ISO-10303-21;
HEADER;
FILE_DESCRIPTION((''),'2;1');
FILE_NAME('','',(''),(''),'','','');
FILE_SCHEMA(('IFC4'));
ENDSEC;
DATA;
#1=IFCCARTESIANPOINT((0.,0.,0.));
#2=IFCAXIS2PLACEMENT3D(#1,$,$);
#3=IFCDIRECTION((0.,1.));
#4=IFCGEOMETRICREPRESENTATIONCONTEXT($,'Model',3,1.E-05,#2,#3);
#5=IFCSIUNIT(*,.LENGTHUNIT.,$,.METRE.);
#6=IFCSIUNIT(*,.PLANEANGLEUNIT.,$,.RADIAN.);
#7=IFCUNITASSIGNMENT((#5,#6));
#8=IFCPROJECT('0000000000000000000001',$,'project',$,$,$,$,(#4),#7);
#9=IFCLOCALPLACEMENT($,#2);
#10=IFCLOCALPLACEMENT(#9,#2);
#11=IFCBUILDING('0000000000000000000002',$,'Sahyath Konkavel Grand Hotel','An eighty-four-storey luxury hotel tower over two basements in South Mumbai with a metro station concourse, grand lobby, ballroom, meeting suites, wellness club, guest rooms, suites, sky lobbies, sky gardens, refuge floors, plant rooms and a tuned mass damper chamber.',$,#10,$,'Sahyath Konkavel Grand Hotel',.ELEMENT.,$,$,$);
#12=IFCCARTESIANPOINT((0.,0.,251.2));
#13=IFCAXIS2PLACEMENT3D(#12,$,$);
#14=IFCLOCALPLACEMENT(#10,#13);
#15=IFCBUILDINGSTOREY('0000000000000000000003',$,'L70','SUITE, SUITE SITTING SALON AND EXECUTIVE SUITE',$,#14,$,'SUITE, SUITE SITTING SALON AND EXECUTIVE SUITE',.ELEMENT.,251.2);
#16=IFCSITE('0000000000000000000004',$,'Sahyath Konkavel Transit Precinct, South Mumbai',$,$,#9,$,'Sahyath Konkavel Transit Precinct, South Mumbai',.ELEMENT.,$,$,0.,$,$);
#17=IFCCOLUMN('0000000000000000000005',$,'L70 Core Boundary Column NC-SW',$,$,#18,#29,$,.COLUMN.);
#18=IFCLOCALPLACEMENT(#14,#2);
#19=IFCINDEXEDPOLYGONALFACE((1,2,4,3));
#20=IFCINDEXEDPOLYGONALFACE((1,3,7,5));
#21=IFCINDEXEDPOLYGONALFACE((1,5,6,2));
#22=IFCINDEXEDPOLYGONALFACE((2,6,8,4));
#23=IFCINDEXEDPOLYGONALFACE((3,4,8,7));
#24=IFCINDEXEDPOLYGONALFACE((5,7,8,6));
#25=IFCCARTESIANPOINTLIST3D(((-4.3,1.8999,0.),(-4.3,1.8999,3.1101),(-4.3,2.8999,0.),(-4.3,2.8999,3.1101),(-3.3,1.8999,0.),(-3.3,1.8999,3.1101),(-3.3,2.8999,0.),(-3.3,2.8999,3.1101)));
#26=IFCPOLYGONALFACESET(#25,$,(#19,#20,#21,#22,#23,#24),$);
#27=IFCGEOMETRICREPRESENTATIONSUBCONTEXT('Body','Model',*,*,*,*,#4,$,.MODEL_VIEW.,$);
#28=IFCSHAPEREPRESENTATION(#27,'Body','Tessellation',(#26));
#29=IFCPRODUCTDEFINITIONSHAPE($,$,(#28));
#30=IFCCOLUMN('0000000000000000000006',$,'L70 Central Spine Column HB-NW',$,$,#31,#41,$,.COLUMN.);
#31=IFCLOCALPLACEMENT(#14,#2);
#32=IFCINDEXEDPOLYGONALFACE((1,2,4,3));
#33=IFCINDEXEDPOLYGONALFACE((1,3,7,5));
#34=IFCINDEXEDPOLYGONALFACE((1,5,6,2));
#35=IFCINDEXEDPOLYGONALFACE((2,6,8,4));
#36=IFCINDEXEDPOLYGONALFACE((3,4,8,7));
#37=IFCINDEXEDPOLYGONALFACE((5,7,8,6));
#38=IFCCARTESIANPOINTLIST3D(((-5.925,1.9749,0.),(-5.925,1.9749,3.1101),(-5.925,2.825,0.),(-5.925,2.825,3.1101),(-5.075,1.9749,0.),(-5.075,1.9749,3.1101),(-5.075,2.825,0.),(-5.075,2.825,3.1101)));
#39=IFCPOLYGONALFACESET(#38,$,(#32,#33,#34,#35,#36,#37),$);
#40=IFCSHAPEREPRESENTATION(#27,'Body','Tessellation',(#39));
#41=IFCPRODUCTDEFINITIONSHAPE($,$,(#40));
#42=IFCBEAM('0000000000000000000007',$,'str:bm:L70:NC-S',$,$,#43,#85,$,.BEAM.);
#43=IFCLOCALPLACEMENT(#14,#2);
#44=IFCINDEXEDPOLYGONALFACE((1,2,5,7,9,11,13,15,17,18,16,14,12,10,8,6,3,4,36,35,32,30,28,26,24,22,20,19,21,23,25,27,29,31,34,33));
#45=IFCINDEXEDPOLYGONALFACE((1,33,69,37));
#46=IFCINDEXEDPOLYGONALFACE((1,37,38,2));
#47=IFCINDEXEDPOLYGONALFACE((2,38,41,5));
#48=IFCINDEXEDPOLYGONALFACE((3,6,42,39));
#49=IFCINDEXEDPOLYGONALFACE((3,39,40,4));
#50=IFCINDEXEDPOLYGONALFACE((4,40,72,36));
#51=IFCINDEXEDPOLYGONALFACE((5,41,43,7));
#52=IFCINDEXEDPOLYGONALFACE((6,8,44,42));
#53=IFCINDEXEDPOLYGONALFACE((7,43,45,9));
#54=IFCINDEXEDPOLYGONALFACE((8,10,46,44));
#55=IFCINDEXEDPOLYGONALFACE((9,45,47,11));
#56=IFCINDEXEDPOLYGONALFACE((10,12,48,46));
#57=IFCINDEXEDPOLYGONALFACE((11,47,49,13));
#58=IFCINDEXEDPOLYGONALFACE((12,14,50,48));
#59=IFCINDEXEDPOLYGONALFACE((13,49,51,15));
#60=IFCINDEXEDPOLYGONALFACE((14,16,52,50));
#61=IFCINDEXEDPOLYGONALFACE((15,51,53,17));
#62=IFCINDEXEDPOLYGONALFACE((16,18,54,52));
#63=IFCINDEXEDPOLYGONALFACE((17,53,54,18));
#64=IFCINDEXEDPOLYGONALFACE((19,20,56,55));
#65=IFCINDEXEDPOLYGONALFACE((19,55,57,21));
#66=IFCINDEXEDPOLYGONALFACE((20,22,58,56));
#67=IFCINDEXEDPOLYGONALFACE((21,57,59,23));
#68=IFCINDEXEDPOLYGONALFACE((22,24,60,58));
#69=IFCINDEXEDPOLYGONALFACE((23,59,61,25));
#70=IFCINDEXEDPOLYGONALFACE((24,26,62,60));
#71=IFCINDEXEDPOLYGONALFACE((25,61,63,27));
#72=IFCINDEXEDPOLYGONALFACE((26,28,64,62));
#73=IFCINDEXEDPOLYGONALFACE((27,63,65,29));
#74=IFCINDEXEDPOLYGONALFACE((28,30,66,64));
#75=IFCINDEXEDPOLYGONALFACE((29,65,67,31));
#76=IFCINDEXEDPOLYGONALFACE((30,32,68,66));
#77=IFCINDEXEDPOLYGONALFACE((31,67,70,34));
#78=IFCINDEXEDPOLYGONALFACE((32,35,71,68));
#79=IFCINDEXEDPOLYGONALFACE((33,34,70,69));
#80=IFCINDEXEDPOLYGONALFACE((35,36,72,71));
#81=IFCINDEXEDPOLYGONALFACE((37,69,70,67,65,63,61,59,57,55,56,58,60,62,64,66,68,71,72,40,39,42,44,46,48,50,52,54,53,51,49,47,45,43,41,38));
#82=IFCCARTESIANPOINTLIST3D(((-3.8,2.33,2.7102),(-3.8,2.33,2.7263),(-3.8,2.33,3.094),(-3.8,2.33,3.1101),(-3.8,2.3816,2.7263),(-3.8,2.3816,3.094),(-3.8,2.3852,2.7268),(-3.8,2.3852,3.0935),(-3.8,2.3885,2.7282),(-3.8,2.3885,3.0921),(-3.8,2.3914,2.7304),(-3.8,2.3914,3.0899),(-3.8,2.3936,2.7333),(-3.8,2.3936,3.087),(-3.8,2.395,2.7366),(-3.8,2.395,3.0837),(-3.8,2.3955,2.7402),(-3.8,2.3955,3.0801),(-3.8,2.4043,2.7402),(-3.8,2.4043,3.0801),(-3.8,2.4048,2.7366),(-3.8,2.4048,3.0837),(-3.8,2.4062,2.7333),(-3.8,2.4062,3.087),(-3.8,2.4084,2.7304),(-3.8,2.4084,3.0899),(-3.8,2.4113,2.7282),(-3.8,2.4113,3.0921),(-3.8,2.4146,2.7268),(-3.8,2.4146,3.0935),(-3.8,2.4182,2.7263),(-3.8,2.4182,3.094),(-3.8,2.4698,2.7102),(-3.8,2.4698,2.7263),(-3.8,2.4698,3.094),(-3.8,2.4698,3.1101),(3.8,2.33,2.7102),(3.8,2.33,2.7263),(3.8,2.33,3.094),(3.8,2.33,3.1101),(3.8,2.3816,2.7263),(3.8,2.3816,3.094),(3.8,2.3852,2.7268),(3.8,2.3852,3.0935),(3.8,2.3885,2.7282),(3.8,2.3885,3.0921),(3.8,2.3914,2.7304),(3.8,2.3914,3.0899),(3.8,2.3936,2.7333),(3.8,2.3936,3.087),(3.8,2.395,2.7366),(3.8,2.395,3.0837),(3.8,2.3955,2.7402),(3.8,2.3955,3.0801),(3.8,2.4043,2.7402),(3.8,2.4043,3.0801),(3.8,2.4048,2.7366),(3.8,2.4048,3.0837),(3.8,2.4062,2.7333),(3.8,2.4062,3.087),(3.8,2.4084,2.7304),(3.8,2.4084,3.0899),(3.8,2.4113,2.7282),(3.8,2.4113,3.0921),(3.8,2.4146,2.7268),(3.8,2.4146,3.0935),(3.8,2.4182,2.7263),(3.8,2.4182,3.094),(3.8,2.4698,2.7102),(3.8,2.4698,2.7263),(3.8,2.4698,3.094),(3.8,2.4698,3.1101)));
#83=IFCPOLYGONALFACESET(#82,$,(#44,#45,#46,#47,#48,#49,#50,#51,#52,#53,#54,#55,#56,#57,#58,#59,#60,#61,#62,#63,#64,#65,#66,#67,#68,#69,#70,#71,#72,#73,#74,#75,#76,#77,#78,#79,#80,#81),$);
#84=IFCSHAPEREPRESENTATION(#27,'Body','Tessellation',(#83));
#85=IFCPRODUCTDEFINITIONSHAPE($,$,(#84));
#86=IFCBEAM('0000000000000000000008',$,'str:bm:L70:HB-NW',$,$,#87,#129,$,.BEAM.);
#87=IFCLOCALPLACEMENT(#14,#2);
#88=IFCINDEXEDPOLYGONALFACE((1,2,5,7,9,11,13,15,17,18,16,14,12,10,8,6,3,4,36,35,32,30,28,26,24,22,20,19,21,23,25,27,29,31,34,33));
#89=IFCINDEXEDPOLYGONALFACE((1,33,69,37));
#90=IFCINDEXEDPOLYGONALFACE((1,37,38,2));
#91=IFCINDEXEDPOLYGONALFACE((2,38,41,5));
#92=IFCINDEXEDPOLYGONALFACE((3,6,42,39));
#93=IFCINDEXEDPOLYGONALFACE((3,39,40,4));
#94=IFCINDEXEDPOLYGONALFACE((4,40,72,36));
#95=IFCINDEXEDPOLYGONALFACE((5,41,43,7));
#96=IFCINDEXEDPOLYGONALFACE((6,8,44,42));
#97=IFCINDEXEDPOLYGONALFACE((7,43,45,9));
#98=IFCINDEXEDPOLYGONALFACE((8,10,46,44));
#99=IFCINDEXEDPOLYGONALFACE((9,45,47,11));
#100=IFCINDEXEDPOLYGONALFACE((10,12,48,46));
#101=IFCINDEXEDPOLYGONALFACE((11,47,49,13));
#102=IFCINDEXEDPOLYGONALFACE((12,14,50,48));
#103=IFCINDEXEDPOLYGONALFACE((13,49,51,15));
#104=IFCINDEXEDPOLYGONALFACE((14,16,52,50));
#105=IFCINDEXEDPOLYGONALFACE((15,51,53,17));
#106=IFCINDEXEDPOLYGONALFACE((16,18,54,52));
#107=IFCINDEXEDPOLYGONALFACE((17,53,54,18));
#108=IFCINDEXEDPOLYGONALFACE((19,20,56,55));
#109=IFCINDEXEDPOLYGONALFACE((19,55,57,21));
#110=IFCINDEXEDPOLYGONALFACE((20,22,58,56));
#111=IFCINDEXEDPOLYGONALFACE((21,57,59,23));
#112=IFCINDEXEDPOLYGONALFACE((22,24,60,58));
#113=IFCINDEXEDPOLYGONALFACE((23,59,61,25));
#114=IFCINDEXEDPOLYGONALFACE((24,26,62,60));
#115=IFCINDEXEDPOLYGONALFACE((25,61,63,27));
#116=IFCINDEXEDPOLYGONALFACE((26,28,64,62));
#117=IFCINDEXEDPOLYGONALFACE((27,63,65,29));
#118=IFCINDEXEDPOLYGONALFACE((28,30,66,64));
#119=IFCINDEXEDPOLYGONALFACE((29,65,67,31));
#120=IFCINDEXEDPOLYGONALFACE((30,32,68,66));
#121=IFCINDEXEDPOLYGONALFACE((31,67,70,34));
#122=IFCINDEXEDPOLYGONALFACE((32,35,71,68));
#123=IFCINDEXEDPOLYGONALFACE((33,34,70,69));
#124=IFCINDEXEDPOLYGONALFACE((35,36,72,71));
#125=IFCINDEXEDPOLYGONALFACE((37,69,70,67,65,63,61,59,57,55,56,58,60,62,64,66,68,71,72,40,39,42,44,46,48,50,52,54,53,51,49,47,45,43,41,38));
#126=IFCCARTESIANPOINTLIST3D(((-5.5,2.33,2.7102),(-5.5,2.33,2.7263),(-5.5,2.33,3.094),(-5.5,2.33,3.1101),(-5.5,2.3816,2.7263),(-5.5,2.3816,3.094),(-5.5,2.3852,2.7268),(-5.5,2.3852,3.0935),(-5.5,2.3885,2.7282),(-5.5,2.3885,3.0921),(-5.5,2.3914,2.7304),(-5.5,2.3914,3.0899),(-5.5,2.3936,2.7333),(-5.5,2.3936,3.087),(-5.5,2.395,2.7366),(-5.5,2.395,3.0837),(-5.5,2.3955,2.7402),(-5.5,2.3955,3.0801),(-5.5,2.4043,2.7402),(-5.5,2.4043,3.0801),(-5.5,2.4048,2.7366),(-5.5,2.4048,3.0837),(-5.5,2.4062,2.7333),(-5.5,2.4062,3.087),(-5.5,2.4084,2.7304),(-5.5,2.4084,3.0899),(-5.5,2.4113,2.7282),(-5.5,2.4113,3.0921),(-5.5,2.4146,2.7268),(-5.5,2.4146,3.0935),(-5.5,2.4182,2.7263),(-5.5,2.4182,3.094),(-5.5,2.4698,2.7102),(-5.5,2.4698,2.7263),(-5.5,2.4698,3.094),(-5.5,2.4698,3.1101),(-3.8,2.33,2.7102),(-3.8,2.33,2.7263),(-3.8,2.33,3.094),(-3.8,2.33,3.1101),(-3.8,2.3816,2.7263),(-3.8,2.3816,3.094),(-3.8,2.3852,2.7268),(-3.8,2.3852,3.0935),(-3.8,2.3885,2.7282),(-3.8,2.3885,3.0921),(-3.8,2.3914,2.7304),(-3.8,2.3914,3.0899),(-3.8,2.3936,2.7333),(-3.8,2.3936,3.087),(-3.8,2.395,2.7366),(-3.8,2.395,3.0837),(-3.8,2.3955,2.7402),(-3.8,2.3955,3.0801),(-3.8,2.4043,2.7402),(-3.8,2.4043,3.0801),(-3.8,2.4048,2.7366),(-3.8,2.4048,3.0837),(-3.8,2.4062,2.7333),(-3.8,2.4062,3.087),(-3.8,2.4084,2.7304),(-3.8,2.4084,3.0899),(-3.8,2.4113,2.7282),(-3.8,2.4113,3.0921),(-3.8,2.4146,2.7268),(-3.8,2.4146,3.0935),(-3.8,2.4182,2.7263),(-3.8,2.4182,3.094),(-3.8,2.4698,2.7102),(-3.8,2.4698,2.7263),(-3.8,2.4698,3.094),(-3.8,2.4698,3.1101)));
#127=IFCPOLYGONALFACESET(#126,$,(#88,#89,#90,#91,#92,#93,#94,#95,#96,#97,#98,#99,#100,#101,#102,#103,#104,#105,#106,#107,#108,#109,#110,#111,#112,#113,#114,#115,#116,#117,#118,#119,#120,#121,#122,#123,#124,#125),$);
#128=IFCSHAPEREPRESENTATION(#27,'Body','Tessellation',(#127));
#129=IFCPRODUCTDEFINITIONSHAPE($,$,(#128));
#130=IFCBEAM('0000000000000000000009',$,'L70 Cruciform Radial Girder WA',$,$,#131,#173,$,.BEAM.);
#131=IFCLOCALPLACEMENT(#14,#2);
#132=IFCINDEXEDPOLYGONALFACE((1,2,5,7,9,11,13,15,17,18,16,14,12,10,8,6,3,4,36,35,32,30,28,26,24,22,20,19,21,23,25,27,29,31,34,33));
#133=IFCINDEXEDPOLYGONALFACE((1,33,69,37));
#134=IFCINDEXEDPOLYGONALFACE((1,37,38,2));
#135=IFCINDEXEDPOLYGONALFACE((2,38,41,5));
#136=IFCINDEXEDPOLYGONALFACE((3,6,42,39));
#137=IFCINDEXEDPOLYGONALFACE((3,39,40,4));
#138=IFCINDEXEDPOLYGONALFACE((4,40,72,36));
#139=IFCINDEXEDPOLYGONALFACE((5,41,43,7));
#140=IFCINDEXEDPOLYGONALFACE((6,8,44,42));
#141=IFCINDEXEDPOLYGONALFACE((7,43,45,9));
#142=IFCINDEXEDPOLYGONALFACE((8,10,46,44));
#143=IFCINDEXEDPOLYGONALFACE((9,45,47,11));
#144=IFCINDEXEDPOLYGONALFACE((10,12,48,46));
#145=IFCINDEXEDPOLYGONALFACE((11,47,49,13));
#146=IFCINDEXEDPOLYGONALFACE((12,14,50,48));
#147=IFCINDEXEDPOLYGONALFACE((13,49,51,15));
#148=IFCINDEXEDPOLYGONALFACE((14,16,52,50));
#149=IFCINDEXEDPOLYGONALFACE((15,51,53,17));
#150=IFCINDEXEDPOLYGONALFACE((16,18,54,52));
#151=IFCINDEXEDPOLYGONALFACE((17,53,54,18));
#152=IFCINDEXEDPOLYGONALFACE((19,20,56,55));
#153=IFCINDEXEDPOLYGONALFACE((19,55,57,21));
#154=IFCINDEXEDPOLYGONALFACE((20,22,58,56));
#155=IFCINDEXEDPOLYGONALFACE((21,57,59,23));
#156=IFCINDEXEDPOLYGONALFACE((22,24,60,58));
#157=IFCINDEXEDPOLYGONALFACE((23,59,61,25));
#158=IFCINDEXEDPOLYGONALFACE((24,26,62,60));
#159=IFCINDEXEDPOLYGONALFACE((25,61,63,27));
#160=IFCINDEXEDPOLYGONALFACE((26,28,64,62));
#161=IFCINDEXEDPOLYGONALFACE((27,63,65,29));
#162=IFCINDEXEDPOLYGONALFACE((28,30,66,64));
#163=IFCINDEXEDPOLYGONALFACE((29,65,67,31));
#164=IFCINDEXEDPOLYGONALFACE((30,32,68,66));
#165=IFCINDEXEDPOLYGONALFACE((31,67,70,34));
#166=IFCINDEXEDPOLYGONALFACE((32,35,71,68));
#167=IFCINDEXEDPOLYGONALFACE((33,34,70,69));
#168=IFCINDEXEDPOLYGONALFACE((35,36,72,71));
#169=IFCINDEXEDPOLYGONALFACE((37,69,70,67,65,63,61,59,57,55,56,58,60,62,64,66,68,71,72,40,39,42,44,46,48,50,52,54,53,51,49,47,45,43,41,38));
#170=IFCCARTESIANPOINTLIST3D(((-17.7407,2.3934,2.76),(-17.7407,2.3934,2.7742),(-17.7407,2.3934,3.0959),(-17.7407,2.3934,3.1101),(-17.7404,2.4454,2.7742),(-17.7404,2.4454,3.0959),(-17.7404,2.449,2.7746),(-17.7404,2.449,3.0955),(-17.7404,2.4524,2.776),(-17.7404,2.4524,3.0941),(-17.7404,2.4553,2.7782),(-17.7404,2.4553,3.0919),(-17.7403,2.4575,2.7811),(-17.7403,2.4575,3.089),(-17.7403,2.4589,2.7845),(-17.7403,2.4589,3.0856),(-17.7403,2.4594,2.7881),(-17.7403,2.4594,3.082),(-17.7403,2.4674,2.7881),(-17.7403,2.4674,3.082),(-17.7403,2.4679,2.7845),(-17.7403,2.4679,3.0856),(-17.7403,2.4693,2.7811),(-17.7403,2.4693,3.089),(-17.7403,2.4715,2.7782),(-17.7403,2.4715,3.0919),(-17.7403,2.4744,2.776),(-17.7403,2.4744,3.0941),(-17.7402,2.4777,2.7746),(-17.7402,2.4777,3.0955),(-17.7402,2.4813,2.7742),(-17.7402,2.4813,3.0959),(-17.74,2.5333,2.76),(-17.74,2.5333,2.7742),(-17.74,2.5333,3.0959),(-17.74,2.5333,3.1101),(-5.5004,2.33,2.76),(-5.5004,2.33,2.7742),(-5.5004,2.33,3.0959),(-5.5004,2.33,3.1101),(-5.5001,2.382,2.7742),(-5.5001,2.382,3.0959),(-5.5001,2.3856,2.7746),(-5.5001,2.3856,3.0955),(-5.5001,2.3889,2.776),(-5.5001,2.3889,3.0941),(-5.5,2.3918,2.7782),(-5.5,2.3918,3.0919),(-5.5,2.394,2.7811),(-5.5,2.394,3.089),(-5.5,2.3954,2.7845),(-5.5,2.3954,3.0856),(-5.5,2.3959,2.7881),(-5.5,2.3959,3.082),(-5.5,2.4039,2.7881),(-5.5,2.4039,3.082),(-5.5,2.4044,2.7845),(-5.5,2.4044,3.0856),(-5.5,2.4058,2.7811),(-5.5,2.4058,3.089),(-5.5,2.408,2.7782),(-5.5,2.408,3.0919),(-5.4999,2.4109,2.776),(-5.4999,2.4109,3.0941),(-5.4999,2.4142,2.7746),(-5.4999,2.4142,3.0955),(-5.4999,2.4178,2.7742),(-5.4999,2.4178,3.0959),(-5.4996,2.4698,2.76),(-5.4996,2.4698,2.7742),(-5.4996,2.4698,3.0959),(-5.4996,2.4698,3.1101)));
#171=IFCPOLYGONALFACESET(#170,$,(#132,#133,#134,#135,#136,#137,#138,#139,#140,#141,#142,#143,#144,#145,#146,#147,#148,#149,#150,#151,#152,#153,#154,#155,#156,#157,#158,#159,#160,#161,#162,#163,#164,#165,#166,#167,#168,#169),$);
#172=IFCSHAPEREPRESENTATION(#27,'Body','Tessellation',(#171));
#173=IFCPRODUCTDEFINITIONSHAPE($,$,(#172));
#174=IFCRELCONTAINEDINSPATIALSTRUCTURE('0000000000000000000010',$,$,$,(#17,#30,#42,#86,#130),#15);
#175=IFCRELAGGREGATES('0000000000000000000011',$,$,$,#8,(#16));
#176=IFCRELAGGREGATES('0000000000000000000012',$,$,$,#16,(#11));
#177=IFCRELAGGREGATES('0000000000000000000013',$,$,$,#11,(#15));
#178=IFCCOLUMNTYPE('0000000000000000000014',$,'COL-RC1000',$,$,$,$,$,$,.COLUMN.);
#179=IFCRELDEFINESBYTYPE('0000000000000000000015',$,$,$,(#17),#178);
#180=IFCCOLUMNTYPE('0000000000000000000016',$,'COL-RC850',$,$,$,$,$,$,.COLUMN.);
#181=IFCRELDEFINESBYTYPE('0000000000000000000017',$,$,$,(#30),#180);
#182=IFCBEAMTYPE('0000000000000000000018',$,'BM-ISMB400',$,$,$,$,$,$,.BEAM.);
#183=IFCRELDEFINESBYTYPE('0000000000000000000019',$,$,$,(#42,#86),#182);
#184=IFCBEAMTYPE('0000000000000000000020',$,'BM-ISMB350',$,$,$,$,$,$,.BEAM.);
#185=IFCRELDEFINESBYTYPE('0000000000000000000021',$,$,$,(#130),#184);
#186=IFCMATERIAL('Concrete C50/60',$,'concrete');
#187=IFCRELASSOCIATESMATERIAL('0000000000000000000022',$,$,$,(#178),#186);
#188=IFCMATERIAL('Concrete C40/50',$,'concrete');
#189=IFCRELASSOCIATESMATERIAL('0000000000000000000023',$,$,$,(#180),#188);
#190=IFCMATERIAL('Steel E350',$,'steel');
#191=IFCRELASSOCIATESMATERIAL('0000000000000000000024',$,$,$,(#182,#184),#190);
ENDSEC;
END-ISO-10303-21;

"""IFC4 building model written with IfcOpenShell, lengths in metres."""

from ifc_helpers import new_model, si_unit, direction, frame, origin, origin_2d, place, context, subcontext, project, spatial, rectangle, i_section, extrude, source, transform, mapped, material, material_profile, profile_set, type_object, element, save


model = new_model("IFC4")

# Units and contexts
model_context = context("Model", 3, precision=1e-05, world=origin(), true_north=direction((0.0, 1.0)))
body_context = subcontext(model_context, "Body", "Model", "MODEL_VIEW")
ifc_project = project(units=[si_unit("LENGTHUNIT", "METRE"), si_unit("PLANEANGLEUNIT", "RADIAN")], contexts=[model_context])

# Site, building, storey
site_placement = place(None, origin())
site = spatial("IfcSite", under=ifc_project, at=site_placement, Name="Sahyath Konkavel Transit Precinct, South Mumbai", LongName="Sahyath Konkavel Transit Precinct, South Mumbai", CompositionType="ELEMENT", RefElevation=0.0)
building_placement = place(site_placement, origin())
building = spatial("IfcBuilding", under=site, at=building_placement, Name="Sahyath Konkavel Grand Hotel", Description="An eighty-four-storey luxury hotel tower over two basements in South Mumbai with a metro station concourse, grand lobby, ballroom, meeting suites, wellness club, guest rooms, suites, sky lobbies, sky gardens, refuge floors, plant rooms and a tuned mass damper chamber.", LongName="Sahyath Konkavel Grand Hotel", CompositionType="ELEMENT")
storey_placement = place(building_placement, frame((0.0, 0.0, 251.2)))
storey = spatial("IfcBuildingStorey", under=building, at=storey_placement, Name="L70", Description="SUITE, SUITE SITTING SALON AND EXECUTIVE SUITE", LongName="SUITE, SUITE SITTING SALON AND EXECUTIVE SUITE", CompositionType="ELEMENT", Elevation=251.2)

# Columns
ifc_material_1 = material(Name="Concrete C50/60", Category="concrete")
ifc_material_profile_1 = material_profile(ifc_material_1, rectangle(XDim=1.0, YDim=1.0, at=origin_2d()), Name="RC 1000x1000")
ifc_profile_set_1 = profile_set([ifc_material_profile_1], Name="Concrete C50/60")
column_type_1 = type_object("IfcColumnType", Name="COL-RC1000", PredefinedType="COLUMN", material=ifc_profile_set_1)
shared_shape_1 = source(origin(), body_context, "Body", "SweptSolid", [
    extrude(rectangle(XDim=1.0, YDim=1.0, at=origin_2d()), origin(), (0.0, 0.0, 1.0), 3.1101),
])
column_1_placement = place(storey_placement, frame((-3.8, 2.3999, 0.0), z_axis=(0.0, 0.0, 1.0), x_axis=(1.0, 0.0, 0.0)))
element("IfcColumn", 1, at=column_1_placement, inside=storey, type_object=column_type_1, Name="L70 Core Boundary Column NC-SW", PredefinedType="COLUMN", context=body_context, shape_type="MappedRepresentation", body=[
    mapped(shared_shape_1, transform((0.0, 0.0, 0.0), scale=1.0)),
])
ifc_material_2 = material(Name="Concrete C40/50", Category="concrete")
ifc_material_profile_2 = material_profile(ifc_material_2, rectangle(XDim=0.8501, YDim=0.8501, at=origin_2d()), Name="RC 850x850")
ifc_profile_set_2 = profile_set([ifc_material_profile_2], Name="Concrete C40/50")
column_type_2 = type_object("IfcColumnType", Name="COL-RC850", PredefinedType="COLUMN", material=ifc_profile_set_2)
shared_shape_2 = source(origin(), body_context, "Body", "SweptSolid", [
    extrude(rectangle(XDim=0.8501, YDim=0.8501, at=origin_2d()), origin(), (0.0, 0.0, 1.0), 3.1101),
])
column_2_placement = place(storey_placement, frame((-5.5, 2.3999, 0.0), z_axis=(0.0, 0.0, 1.0), x_axis=(1.0, 0.0, 0.0)))
element("IfcColumn", 2, at=column_2_placement, inside=storey, type_object=column_type_2, Name="L70 Central Spine Column HB-NW", PredefinedType="COLUMN", context=body_context, shape_type="MappedRepresentation", body=[
    mapped(shared_shape_2, transform((0.0, 0.0, 0.0), scale=1.0)),
])

# Beams
ifc_material_3 = material(Name="Steel E350", Category="steel")
ifc_material_profile_3 = material_profile(ifc_material_3, i_section(OverallWidth=0.1399, OverallDepth=0.3999, WebThickness=0.0088, FlangeThickness=0.0161, FilletRadius=0.0139, at=origin_2d()), Name="ISMB 400")
ifc_profile_set_3 = profile_set([ifc_material_profile_3], Name="Steel E350")
beam_type_1 = type_object("IfcBeamType", Name="BM-ISMB400", PredefinedType="BEAM", material=ifc_profile_set_3)
shared_shape_3 = source(origin(), body_context, "Body", "SweptSolid", [
    extrude(i_section(OverallWidth=0.1399, OverallDepth=0.3999, WebThickness=0.0088, FlangeThickness=0.0161, FilletRadius=0.0139, at=origin_2d()), origin(), (0.0, 0.0, 1.0), 7.6001),
])
beam_1_placement = place(storey_placement, frame((-3.8, 2.3999, 2.9102), z_axis=(1.0, 0.0, 0.0), x_axis=(0.0, 1.0, 0.0)))
element("IfcBeam", 3, at=beam_1_placement, inside=storey, type_object=beam_type_1, Name="str:bm:L70:NC-S", PredefinedType="BEAM", context=body_context, shape_type="MappedRepresentation", body=[
    mapped(shared_shape_3, transform((0.0, 0.0, 0.0), scale=1.0)),
])
shared_shape_4 = source(origin(), body_context, "Body", "SweptSolid", [
    extrude(i_section(OverallWidth=0.1399, OverallDepth=0.3999, WebThickness=0.0088, FlangeThickness=0.0161, FilletRadius=0.0139, at=origin_2d()), origin(), (0.0, 0.0, 1.0), 1.7),
])
beam_2_placement = place(storey_placement, frame((-5.5, 2.3999, 2.9102), z_axis=(1.0, 0.0, 0.0), x_axis=(0.0, 1.0, 0.0)))
element("IfcBeam", 4, at=beam_2_placement, inside=storey, type_object=beam_type_1, Name="str:bm:L70:HB-NW", PredefinedType="BEAM", context=body_context, shape_type="MappedRepresentation", body=[
    mapped(shared_shape_4, transform((0.0, 0.0, 0.0), scale=1.0)),
])
ifc_material_profile_4 = material_profile(ifc_material_3, i_section(OverallWidth=0.1399, OverallDepth=0.3501, WebThickness=0.0081, FlangeThickness=0.0142, FilletRadius=0.0139, at=origin_2d()), Name="ISMB 350")
ifc_profile_set_4 = profile_set([ifc_material_profile_4], Name="Steel E350")
beam_type_2 = type_object("IfcBeamType", Name="BM-ISMB350", PredefinedType="BEAM", material=ifc_profile_set_4)
shared_shape_5 = source(origin(), body_context, "Body", "SweptSolid", [
    extrude(i_section(OverallWidth=0.1399, OverallDepth=0.3501, WebThickness=0.0081, FlangeThickness=0.0142, FilletRadius=0.0139, at=origin_2d()), origin(), (0.0, 0.0, 1.0), 12.2405),
])
beam_3_placement = place(storey_placement, frame((-5.5, 2.3999, 2.9351), z_axis=(-0.999987, 0.005186, 0.0), x_axis=(-0.005186, -0.999987, 0.0)))
element("IfcBeam", 5, at=beam_3_placement, inside=storey, type_object=beam_type_2, Name="L70 Cruciform Radial Girder WA", PredefinedType="BEAM", context=body_context, shape_type="MappedRepresentation", body=[
    mapped(shared_shape_5, transform((0.0, 0.0, 0.0), scale=1.0)),
])

save(model, "model.ifc")
